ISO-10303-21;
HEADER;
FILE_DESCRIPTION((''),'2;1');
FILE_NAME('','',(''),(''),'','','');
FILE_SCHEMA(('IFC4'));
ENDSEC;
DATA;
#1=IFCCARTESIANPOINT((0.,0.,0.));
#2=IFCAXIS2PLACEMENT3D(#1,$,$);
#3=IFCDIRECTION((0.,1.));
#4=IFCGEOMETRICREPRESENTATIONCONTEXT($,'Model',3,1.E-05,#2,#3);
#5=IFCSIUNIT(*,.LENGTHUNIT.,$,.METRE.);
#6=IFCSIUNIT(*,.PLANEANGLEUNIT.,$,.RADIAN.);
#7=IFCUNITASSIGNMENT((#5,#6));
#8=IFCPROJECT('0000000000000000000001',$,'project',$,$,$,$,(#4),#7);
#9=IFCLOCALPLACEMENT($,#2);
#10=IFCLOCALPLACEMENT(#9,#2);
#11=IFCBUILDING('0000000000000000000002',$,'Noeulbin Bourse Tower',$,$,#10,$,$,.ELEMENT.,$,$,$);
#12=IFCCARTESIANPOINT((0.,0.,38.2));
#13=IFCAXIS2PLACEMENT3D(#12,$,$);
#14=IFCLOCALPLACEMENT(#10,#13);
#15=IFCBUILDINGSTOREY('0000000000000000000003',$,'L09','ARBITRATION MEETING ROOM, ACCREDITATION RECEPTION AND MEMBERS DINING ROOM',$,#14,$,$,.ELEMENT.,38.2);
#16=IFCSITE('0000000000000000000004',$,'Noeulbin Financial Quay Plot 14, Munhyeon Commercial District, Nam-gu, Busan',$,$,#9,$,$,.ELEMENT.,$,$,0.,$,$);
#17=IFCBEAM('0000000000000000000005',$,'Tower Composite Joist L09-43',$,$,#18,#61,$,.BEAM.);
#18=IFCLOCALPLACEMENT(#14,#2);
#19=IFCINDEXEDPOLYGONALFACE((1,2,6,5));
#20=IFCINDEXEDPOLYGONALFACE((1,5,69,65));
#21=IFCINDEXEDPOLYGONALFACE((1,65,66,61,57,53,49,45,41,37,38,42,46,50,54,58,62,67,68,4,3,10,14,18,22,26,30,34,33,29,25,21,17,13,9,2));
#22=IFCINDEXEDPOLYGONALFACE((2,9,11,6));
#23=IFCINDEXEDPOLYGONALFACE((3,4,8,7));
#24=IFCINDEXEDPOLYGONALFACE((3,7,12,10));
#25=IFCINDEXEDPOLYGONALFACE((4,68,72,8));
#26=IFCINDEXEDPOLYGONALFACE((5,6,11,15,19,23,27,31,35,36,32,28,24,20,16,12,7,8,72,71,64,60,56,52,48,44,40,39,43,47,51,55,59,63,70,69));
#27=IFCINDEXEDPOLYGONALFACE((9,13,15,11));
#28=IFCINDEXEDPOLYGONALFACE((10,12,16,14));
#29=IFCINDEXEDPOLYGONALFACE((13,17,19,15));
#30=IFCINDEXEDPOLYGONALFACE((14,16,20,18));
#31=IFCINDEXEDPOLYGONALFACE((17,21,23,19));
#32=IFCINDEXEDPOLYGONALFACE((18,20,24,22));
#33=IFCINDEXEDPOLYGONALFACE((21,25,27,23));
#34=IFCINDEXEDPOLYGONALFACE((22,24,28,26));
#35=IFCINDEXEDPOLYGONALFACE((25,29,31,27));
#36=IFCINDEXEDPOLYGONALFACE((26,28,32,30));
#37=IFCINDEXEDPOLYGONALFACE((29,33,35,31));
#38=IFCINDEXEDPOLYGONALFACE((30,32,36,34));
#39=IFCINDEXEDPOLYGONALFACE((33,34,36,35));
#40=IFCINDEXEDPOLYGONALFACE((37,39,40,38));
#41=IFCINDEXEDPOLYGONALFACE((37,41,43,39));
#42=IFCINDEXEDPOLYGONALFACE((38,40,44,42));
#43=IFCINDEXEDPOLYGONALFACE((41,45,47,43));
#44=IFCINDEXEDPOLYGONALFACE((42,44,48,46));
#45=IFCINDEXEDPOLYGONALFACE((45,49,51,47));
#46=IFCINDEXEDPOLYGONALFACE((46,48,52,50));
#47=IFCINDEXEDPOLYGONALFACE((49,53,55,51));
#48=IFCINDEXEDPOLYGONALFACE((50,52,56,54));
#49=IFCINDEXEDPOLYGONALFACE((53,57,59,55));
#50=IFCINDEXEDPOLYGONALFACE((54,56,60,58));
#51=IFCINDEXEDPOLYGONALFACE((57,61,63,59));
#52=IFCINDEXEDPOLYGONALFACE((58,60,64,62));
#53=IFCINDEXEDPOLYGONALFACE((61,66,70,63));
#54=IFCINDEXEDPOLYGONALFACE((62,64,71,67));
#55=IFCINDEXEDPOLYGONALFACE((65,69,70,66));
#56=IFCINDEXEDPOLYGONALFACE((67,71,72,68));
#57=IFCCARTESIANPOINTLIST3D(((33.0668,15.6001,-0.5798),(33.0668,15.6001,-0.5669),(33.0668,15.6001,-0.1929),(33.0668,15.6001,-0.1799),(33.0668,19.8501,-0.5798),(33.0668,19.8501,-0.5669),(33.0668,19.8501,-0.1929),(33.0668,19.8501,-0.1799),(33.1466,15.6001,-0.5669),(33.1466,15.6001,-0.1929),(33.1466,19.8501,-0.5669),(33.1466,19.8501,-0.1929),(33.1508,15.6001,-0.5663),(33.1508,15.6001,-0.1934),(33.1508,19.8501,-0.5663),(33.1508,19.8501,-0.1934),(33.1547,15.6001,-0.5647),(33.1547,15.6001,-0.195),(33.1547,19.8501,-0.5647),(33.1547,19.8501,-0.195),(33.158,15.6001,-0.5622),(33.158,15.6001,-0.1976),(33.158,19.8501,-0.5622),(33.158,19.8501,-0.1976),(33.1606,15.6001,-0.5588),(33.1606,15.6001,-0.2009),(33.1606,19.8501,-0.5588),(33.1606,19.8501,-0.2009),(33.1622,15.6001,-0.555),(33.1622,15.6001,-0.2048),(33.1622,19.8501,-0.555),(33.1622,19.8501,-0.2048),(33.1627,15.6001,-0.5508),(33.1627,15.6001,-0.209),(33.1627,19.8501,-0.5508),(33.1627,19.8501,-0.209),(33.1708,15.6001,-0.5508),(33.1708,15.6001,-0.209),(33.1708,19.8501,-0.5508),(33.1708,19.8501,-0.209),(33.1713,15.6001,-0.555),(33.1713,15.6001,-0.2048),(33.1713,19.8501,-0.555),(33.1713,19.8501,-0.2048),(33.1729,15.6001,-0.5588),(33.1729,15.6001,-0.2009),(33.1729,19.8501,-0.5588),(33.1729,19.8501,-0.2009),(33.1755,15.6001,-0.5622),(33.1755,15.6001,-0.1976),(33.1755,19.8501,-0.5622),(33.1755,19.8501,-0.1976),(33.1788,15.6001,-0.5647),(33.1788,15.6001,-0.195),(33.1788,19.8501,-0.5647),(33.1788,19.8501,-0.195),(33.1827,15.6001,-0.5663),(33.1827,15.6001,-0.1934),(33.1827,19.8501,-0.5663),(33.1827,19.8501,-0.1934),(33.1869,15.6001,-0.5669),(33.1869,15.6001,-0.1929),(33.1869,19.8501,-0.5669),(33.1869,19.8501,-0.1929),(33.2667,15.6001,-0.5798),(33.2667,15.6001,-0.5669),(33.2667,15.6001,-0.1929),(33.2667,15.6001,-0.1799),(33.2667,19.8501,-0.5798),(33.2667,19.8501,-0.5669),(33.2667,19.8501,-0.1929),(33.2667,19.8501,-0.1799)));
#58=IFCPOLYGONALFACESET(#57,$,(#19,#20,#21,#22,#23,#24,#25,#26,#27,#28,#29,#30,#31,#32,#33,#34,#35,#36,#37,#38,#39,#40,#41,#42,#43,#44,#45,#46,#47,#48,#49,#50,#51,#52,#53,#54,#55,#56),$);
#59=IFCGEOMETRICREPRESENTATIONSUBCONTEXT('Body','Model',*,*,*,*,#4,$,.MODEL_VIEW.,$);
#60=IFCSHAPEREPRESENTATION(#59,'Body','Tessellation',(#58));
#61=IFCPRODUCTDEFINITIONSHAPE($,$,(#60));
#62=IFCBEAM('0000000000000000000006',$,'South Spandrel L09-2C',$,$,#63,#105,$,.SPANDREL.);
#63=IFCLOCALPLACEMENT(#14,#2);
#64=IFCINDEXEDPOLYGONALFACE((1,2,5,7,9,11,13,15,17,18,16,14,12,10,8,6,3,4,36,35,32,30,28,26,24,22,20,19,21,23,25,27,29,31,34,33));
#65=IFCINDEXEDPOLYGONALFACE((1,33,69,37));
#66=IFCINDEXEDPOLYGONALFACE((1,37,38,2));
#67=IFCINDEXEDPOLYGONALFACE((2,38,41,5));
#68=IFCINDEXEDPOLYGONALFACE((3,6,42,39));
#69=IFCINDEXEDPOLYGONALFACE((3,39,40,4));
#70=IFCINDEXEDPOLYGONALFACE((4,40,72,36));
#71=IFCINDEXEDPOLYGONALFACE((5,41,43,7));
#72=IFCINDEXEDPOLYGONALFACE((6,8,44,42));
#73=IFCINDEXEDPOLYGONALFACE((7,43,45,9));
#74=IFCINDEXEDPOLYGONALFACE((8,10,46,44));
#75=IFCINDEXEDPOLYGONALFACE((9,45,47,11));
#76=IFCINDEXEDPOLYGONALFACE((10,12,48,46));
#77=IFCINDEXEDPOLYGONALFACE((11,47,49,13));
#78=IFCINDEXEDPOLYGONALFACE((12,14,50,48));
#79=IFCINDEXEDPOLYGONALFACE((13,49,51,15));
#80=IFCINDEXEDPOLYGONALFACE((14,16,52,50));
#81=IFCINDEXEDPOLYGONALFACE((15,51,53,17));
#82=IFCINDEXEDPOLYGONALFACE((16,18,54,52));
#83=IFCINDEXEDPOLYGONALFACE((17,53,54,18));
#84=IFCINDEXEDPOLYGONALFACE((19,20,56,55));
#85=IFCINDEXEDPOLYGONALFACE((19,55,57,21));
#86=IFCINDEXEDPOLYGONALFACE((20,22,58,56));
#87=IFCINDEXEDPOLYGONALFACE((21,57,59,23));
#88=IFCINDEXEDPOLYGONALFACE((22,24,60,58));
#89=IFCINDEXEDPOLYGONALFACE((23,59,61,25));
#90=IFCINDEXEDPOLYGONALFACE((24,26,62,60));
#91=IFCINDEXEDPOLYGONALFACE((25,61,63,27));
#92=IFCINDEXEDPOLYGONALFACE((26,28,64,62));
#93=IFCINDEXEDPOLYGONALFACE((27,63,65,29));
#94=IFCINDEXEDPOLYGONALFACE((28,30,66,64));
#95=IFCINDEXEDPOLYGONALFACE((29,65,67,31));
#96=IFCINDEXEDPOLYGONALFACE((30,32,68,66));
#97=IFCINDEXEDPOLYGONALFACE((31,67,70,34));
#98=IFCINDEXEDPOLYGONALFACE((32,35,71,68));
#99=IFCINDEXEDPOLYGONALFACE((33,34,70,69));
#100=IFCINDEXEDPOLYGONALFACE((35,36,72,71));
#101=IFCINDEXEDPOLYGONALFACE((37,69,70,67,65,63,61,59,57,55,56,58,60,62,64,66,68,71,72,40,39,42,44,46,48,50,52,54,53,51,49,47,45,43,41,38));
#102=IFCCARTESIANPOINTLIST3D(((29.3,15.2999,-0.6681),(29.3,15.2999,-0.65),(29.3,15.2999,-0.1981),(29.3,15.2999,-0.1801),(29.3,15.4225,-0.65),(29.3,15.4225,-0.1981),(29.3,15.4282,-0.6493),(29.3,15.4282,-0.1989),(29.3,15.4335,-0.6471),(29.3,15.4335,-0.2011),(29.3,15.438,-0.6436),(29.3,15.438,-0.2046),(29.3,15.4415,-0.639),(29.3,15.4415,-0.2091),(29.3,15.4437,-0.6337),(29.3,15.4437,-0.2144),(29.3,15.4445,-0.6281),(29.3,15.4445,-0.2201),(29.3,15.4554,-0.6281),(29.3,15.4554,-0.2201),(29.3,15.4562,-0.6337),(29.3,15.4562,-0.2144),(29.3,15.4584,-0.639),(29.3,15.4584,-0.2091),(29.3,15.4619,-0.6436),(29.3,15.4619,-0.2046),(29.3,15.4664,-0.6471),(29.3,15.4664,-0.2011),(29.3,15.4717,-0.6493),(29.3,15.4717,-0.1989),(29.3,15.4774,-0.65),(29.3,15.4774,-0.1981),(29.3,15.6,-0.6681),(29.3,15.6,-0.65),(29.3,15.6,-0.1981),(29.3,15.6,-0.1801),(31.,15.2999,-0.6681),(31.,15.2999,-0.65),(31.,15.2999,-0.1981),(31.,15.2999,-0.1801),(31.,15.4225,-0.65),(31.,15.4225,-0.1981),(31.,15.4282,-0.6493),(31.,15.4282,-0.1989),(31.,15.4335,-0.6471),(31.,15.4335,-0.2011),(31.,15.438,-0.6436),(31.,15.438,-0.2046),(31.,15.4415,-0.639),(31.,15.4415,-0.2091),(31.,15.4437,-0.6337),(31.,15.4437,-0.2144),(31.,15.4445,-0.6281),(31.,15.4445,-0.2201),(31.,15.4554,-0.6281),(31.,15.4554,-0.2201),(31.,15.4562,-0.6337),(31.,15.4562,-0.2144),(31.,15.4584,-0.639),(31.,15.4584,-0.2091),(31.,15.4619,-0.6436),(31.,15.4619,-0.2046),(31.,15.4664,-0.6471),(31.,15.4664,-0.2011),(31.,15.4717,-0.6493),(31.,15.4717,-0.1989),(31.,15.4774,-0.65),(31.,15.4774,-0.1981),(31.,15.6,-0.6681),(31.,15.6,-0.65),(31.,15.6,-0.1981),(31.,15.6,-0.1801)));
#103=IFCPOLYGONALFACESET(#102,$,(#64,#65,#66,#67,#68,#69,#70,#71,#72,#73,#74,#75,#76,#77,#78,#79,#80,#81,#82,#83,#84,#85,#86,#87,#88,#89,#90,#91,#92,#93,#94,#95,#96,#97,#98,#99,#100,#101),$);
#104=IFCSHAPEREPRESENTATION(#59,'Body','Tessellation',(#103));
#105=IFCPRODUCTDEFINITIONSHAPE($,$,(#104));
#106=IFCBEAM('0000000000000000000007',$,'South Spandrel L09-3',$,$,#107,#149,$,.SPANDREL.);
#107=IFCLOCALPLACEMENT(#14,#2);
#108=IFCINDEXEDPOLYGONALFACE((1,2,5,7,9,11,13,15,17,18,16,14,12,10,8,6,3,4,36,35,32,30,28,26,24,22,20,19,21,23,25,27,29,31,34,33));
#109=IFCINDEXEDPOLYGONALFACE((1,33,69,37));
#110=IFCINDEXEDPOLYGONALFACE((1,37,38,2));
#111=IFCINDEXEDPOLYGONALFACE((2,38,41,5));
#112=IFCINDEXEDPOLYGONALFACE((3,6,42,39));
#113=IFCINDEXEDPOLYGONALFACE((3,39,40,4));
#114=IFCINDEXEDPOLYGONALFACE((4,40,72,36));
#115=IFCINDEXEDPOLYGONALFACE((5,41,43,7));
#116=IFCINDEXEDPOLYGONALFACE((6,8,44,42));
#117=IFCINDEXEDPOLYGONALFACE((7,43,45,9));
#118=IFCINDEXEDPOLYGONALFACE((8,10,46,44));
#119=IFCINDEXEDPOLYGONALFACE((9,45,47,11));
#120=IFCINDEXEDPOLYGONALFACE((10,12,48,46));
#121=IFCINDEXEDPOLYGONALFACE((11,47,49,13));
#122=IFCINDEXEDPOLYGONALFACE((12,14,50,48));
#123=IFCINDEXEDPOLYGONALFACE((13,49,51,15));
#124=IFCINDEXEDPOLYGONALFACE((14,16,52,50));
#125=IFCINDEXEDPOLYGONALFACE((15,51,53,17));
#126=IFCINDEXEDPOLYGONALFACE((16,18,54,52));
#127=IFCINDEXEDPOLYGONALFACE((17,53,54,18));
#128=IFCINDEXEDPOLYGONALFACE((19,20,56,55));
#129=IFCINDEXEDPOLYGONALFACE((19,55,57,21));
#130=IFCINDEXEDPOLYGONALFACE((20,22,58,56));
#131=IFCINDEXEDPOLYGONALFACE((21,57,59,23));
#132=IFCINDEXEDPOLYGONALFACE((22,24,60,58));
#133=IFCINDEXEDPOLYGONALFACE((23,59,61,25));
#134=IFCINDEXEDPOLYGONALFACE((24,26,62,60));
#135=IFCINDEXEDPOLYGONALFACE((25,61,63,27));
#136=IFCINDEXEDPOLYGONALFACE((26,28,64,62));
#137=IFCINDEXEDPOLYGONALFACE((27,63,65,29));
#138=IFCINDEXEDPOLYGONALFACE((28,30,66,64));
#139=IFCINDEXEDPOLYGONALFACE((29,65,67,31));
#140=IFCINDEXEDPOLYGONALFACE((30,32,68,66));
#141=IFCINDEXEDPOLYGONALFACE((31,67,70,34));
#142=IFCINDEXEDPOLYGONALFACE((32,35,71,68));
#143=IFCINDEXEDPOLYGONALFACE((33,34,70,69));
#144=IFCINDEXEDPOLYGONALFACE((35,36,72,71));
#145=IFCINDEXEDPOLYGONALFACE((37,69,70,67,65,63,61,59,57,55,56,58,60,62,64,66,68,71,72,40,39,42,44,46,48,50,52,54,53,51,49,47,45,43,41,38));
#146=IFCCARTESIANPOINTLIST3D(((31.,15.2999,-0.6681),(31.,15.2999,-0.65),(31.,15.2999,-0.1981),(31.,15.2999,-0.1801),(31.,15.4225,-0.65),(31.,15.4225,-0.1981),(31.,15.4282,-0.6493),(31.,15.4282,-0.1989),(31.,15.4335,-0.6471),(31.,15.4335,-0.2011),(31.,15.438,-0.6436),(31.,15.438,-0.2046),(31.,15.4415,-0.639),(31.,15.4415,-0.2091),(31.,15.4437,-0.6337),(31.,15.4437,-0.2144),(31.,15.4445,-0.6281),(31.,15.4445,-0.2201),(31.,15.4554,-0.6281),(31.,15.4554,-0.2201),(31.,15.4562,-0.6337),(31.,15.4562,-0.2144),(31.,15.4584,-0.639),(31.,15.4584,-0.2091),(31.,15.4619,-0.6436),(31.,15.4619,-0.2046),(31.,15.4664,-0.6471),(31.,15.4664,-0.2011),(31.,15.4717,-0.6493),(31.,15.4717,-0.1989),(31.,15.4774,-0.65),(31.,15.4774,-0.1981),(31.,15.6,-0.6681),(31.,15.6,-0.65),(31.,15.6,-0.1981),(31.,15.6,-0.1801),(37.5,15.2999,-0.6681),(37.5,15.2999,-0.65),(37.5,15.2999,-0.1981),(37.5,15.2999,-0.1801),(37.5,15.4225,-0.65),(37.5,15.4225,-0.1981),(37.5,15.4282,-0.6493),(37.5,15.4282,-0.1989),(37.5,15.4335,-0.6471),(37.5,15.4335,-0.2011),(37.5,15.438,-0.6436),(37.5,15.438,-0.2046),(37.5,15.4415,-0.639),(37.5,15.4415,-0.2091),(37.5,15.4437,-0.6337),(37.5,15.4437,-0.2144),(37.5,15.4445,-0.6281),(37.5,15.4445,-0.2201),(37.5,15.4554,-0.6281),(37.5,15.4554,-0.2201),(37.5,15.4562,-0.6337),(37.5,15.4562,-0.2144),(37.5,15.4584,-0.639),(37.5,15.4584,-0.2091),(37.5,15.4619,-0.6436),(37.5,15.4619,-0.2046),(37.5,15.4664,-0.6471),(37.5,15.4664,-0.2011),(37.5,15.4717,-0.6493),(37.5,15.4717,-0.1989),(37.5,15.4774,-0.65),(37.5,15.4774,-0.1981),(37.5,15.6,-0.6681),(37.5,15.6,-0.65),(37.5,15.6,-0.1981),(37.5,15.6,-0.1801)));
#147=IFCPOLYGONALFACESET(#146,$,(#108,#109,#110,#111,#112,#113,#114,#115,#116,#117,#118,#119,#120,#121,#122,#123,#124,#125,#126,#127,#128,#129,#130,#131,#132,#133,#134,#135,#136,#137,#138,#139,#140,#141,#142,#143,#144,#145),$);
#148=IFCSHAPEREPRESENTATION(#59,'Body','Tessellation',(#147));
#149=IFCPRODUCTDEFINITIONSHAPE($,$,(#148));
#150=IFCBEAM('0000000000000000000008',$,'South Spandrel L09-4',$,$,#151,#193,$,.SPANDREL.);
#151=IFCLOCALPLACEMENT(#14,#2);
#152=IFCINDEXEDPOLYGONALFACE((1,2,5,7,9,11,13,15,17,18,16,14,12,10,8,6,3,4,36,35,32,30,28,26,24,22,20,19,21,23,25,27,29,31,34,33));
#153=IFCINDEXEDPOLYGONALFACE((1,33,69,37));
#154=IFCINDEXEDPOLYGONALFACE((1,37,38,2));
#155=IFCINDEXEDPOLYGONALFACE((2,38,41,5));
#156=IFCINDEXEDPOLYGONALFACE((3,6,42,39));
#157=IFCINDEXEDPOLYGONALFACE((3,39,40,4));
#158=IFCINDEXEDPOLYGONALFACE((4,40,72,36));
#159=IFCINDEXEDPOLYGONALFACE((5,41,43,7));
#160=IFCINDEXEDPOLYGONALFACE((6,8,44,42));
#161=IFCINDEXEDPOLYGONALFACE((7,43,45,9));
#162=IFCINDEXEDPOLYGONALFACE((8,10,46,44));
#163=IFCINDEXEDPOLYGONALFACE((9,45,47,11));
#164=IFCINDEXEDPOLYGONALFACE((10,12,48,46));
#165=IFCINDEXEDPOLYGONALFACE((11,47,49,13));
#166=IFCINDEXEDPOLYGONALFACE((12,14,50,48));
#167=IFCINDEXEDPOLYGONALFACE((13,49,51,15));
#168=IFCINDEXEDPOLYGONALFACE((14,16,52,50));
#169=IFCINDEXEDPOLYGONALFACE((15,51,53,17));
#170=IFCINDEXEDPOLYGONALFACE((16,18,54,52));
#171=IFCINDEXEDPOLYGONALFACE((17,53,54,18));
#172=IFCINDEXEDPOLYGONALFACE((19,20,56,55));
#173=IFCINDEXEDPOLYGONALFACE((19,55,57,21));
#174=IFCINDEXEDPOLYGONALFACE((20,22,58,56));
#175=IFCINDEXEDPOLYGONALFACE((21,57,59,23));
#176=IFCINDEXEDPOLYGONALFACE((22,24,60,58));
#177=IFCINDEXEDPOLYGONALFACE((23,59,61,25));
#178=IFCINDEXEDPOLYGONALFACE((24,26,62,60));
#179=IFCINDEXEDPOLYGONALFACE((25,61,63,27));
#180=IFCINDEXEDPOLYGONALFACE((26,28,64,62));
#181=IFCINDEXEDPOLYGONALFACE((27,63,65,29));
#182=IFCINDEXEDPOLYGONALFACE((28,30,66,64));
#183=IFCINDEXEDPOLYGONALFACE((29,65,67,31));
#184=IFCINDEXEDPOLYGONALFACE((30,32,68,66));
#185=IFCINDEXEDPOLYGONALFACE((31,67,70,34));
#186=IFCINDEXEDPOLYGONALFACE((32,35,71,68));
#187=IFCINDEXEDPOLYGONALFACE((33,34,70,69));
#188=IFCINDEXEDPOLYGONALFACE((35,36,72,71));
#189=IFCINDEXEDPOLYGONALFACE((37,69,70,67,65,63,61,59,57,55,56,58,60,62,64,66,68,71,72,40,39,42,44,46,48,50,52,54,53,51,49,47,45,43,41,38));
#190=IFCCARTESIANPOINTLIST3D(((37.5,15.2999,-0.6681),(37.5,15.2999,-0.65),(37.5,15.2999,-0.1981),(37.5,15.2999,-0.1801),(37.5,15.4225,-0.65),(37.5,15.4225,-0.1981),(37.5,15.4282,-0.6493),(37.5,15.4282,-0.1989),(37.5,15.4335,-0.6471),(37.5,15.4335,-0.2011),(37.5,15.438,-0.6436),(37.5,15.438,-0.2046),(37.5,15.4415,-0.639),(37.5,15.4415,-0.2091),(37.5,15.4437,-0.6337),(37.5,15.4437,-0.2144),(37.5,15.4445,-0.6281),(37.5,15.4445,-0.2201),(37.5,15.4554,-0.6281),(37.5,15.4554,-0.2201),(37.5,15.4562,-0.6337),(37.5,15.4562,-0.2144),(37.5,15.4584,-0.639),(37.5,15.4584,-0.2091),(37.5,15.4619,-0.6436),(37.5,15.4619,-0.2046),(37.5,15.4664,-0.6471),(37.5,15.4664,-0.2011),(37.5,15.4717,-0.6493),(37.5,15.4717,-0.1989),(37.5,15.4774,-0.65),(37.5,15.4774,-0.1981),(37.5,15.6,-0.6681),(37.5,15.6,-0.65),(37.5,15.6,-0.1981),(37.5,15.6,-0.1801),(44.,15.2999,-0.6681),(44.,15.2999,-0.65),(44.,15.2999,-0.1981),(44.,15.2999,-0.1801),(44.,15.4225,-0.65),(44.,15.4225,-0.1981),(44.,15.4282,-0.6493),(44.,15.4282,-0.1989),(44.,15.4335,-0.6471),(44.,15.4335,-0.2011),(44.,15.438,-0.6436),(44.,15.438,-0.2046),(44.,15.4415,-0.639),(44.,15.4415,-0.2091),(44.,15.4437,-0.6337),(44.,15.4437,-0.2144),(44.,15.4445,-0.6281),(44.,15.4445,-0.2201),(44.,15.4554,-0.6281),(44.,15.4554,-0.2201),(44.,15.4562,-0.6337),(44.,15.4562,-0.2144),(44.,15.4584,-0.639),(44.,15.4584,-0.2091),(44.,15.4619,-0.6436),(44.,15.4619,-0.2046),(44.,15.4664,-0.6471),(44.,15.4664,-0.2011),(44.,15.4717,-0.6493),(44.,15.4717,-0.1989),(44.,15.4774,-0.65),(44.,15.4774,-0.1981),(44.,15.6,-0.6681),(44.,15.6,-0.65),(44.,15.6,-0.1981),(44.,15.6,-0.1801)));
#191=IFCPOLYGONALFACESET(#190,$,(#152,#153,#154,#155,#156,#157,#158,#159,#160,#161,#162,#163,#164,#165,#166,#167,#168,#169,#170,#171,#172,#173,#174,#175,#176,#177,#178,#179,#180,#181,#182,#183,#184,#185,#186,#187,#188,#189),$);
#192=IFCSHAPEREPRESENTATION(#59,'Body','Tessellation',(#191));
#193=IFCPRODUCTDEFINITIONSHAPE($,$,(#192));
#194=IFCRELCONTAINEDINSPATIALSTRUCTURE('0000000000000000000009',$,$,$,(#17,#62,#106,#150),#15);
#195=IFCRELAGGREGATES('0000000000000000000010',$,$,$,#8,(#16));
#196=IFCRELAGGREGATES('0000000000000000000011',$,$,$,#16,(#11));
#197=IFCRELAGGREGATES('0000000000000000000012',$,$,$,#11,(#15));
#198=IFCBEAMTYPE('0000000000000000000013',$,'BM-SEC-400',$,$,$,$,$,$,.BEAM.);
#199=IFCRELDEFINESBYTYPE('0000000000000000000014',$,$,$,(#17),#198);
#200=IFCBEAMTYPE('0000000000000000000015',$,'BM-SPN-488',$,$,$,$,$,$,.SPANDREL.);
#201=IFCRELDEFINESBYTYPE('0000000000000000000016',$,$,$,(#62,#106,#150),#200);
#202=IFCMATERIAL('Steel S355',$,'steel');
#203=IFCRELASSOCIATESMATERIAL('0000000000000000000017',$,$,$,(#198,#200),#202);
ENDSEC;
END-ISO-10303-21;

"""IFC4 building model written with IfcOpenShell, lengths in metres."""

from ifc_helpers import new_model, si_unit, direction, frame, origin, origin_2d, place, context, subcontext, project, spatial, i_section, extrude, material, material_profile, profile_set, type_object, element, save


model = new_model("IFC4")

# Units and contexts
model_context = context("Model", 3, precision=1e-05, world=origin(), true_north=direction((0.0, 1.0)))
body_context = subcontext(model_context, "Body", "Model", "MODEL_VIEW")
ifc_project = project(units=[si_unit("LENGTHUNIT", "METRE"), si_unit("PLANEANGLEUNIT", "RADIAN")], contexts=[model_context])

# Site, building, storey
site_placement = place(None, origin())
site = spatial("IfcSite", under=ifc_project, at=site_placement, Name="Noeulbin Financial Quay Plot 14, Munhyeon Commercial District, Nam-gu, Busan", CompositionType="ELEMENT", RefElevation=0.0)
building_placement = place(site_placement, origin())
building = spatial("IfcBuilding", under=site, at=building_placement, Name="Noeulbin Bourse Tower", CompositionType="ELEMENT")
storey_placement = place(building_placement, frame((0.0, 0.0, 38.2)))
storey = spatial("IfcBuildingStorey", under=building, at=storey_placement, Name="L09", Description="ARBITRATION MEETING ROOM, ACCREDITATION RECEPTION AND MEMBERS DINING ROOM", CompositionType="ELEMENT", Elevation=38.2)

# Beams
ifc_material_1 = material(Name="Steel S355", Category="steel")
ifc_material_profile_1 = material_profile(ifc_material_1, i_section(OverallWidth=0.2, OverallDepth=0.3999, WebThickness=0.0081, FlangeThickness=0.0129, FilletRadius=0.0161, at=origin_2d()), Name="H-400x200x8x13", Category="LoadBearing")
ifc_profile_set_1 = profile_set([ifc_material_profile_1], Name="Steel S355")
beam_type_1 = type_object("IfcBeamType", Name="BM-SEC-400", PredefinedType="BEAM", material=ifc_profile_set_1)
for number, where, z_axis, x_axis, name in (
    (1, (33.1667, 15.6001, -0.3799), (0.0, 1.0, 0.0), (-1.0, 0.0, 0.0), "Tower Composite Joist L09-43"),
):
    element("IfcBeam", number, at=place(storey_placement, frame(where, z_axis=z_axis, x_axis=x_axis)), inside=storey, type_object=beam_type_1, Name=name, PredefinedType="BEAM", context=body_context, shape_type="SweptSolid", body=[
        extrude(i_section(OverallWidth=0.2, OverallDepth=0.3999, WebThickness=0.0081, FlangeThickness=0.0129, FilletRadius=0.0161, at=origin_2d()), origin(), (0.0, 0.0, 1.0), 4.25),
    ])
ifc_material_profile_2 = material_profile(ifc_material_1, i_section(OverallWidth=0.3, OverallDepth=0.488, WebThickness=0.011, FlangeThickness=0.0181, FilletRadius=0.022, at=origin_2d()), Name="H-488x300x11x18", Category="LoadBearing")
ifc_profile_set_2 = profile_set([ifc_material_profile_2], Name="Steel S355")
beam_type_2 = type_object("IfcBeamType", Name="BM-SPN-488", PredefinedType="SPANDREL", material=ifc_profile_set_2)
beam_1_placement = place(storey_placement, frame((29.3, 15.45, -0.4241), z_axis=(1.0, 0.0, 0.0), x_axis=(0.0, 1.0, 0.0)))
element("IfcBeam", 2, at=beam_1_placement, inside=storey, type_object=beam_type_2, Name="South Spandrel L09-2C", PredefinedType="SPANDREL", context=body_context, shape_type="SweptSolid", body=[
    extrude(i_section(OverallWidth=0.3, OverallDepth=0.488, WebThickness=0.011, FlangeThickness=0.0181, FilletRadius=0.022, at=origin_2d()), origin(), (0.0, 0.0, 1.0), 1.7),
])
for number, where, z_axis, x_axis, name in (
    (3, (31.0, 15.45, -0.4241), (1.0, 0.0, 0.0), (0.0, 1.0, 0.0), "South Spandrel L09-3"),
    (4, (37.5, 15.45, -0.4241), (1.0, 0.0, 0.0), (0.0, 1.0, 0.0), "South Spandrel L09-4"),
):
    element("IfcBeam", number, at=place(storey_placement, frame(where, z_axis=z_axis, x_axis=x_axis)), inside=storey, type_object=beam_type_2, Name=name, PredefinedType="SPANDREL", context=body_context, shape_type="SweptSolid", body=[
        extrude(i_section(OverallWidth=0.3, OverallDepth=0.488, WebThickness=0.011, FlangeThickness=0.0181, FilletRadius=0.022, at=origin_2d()), origin(), (0.0, 0.0, 1.0), 6.5),
    ])

save(model, "model.ifc")
